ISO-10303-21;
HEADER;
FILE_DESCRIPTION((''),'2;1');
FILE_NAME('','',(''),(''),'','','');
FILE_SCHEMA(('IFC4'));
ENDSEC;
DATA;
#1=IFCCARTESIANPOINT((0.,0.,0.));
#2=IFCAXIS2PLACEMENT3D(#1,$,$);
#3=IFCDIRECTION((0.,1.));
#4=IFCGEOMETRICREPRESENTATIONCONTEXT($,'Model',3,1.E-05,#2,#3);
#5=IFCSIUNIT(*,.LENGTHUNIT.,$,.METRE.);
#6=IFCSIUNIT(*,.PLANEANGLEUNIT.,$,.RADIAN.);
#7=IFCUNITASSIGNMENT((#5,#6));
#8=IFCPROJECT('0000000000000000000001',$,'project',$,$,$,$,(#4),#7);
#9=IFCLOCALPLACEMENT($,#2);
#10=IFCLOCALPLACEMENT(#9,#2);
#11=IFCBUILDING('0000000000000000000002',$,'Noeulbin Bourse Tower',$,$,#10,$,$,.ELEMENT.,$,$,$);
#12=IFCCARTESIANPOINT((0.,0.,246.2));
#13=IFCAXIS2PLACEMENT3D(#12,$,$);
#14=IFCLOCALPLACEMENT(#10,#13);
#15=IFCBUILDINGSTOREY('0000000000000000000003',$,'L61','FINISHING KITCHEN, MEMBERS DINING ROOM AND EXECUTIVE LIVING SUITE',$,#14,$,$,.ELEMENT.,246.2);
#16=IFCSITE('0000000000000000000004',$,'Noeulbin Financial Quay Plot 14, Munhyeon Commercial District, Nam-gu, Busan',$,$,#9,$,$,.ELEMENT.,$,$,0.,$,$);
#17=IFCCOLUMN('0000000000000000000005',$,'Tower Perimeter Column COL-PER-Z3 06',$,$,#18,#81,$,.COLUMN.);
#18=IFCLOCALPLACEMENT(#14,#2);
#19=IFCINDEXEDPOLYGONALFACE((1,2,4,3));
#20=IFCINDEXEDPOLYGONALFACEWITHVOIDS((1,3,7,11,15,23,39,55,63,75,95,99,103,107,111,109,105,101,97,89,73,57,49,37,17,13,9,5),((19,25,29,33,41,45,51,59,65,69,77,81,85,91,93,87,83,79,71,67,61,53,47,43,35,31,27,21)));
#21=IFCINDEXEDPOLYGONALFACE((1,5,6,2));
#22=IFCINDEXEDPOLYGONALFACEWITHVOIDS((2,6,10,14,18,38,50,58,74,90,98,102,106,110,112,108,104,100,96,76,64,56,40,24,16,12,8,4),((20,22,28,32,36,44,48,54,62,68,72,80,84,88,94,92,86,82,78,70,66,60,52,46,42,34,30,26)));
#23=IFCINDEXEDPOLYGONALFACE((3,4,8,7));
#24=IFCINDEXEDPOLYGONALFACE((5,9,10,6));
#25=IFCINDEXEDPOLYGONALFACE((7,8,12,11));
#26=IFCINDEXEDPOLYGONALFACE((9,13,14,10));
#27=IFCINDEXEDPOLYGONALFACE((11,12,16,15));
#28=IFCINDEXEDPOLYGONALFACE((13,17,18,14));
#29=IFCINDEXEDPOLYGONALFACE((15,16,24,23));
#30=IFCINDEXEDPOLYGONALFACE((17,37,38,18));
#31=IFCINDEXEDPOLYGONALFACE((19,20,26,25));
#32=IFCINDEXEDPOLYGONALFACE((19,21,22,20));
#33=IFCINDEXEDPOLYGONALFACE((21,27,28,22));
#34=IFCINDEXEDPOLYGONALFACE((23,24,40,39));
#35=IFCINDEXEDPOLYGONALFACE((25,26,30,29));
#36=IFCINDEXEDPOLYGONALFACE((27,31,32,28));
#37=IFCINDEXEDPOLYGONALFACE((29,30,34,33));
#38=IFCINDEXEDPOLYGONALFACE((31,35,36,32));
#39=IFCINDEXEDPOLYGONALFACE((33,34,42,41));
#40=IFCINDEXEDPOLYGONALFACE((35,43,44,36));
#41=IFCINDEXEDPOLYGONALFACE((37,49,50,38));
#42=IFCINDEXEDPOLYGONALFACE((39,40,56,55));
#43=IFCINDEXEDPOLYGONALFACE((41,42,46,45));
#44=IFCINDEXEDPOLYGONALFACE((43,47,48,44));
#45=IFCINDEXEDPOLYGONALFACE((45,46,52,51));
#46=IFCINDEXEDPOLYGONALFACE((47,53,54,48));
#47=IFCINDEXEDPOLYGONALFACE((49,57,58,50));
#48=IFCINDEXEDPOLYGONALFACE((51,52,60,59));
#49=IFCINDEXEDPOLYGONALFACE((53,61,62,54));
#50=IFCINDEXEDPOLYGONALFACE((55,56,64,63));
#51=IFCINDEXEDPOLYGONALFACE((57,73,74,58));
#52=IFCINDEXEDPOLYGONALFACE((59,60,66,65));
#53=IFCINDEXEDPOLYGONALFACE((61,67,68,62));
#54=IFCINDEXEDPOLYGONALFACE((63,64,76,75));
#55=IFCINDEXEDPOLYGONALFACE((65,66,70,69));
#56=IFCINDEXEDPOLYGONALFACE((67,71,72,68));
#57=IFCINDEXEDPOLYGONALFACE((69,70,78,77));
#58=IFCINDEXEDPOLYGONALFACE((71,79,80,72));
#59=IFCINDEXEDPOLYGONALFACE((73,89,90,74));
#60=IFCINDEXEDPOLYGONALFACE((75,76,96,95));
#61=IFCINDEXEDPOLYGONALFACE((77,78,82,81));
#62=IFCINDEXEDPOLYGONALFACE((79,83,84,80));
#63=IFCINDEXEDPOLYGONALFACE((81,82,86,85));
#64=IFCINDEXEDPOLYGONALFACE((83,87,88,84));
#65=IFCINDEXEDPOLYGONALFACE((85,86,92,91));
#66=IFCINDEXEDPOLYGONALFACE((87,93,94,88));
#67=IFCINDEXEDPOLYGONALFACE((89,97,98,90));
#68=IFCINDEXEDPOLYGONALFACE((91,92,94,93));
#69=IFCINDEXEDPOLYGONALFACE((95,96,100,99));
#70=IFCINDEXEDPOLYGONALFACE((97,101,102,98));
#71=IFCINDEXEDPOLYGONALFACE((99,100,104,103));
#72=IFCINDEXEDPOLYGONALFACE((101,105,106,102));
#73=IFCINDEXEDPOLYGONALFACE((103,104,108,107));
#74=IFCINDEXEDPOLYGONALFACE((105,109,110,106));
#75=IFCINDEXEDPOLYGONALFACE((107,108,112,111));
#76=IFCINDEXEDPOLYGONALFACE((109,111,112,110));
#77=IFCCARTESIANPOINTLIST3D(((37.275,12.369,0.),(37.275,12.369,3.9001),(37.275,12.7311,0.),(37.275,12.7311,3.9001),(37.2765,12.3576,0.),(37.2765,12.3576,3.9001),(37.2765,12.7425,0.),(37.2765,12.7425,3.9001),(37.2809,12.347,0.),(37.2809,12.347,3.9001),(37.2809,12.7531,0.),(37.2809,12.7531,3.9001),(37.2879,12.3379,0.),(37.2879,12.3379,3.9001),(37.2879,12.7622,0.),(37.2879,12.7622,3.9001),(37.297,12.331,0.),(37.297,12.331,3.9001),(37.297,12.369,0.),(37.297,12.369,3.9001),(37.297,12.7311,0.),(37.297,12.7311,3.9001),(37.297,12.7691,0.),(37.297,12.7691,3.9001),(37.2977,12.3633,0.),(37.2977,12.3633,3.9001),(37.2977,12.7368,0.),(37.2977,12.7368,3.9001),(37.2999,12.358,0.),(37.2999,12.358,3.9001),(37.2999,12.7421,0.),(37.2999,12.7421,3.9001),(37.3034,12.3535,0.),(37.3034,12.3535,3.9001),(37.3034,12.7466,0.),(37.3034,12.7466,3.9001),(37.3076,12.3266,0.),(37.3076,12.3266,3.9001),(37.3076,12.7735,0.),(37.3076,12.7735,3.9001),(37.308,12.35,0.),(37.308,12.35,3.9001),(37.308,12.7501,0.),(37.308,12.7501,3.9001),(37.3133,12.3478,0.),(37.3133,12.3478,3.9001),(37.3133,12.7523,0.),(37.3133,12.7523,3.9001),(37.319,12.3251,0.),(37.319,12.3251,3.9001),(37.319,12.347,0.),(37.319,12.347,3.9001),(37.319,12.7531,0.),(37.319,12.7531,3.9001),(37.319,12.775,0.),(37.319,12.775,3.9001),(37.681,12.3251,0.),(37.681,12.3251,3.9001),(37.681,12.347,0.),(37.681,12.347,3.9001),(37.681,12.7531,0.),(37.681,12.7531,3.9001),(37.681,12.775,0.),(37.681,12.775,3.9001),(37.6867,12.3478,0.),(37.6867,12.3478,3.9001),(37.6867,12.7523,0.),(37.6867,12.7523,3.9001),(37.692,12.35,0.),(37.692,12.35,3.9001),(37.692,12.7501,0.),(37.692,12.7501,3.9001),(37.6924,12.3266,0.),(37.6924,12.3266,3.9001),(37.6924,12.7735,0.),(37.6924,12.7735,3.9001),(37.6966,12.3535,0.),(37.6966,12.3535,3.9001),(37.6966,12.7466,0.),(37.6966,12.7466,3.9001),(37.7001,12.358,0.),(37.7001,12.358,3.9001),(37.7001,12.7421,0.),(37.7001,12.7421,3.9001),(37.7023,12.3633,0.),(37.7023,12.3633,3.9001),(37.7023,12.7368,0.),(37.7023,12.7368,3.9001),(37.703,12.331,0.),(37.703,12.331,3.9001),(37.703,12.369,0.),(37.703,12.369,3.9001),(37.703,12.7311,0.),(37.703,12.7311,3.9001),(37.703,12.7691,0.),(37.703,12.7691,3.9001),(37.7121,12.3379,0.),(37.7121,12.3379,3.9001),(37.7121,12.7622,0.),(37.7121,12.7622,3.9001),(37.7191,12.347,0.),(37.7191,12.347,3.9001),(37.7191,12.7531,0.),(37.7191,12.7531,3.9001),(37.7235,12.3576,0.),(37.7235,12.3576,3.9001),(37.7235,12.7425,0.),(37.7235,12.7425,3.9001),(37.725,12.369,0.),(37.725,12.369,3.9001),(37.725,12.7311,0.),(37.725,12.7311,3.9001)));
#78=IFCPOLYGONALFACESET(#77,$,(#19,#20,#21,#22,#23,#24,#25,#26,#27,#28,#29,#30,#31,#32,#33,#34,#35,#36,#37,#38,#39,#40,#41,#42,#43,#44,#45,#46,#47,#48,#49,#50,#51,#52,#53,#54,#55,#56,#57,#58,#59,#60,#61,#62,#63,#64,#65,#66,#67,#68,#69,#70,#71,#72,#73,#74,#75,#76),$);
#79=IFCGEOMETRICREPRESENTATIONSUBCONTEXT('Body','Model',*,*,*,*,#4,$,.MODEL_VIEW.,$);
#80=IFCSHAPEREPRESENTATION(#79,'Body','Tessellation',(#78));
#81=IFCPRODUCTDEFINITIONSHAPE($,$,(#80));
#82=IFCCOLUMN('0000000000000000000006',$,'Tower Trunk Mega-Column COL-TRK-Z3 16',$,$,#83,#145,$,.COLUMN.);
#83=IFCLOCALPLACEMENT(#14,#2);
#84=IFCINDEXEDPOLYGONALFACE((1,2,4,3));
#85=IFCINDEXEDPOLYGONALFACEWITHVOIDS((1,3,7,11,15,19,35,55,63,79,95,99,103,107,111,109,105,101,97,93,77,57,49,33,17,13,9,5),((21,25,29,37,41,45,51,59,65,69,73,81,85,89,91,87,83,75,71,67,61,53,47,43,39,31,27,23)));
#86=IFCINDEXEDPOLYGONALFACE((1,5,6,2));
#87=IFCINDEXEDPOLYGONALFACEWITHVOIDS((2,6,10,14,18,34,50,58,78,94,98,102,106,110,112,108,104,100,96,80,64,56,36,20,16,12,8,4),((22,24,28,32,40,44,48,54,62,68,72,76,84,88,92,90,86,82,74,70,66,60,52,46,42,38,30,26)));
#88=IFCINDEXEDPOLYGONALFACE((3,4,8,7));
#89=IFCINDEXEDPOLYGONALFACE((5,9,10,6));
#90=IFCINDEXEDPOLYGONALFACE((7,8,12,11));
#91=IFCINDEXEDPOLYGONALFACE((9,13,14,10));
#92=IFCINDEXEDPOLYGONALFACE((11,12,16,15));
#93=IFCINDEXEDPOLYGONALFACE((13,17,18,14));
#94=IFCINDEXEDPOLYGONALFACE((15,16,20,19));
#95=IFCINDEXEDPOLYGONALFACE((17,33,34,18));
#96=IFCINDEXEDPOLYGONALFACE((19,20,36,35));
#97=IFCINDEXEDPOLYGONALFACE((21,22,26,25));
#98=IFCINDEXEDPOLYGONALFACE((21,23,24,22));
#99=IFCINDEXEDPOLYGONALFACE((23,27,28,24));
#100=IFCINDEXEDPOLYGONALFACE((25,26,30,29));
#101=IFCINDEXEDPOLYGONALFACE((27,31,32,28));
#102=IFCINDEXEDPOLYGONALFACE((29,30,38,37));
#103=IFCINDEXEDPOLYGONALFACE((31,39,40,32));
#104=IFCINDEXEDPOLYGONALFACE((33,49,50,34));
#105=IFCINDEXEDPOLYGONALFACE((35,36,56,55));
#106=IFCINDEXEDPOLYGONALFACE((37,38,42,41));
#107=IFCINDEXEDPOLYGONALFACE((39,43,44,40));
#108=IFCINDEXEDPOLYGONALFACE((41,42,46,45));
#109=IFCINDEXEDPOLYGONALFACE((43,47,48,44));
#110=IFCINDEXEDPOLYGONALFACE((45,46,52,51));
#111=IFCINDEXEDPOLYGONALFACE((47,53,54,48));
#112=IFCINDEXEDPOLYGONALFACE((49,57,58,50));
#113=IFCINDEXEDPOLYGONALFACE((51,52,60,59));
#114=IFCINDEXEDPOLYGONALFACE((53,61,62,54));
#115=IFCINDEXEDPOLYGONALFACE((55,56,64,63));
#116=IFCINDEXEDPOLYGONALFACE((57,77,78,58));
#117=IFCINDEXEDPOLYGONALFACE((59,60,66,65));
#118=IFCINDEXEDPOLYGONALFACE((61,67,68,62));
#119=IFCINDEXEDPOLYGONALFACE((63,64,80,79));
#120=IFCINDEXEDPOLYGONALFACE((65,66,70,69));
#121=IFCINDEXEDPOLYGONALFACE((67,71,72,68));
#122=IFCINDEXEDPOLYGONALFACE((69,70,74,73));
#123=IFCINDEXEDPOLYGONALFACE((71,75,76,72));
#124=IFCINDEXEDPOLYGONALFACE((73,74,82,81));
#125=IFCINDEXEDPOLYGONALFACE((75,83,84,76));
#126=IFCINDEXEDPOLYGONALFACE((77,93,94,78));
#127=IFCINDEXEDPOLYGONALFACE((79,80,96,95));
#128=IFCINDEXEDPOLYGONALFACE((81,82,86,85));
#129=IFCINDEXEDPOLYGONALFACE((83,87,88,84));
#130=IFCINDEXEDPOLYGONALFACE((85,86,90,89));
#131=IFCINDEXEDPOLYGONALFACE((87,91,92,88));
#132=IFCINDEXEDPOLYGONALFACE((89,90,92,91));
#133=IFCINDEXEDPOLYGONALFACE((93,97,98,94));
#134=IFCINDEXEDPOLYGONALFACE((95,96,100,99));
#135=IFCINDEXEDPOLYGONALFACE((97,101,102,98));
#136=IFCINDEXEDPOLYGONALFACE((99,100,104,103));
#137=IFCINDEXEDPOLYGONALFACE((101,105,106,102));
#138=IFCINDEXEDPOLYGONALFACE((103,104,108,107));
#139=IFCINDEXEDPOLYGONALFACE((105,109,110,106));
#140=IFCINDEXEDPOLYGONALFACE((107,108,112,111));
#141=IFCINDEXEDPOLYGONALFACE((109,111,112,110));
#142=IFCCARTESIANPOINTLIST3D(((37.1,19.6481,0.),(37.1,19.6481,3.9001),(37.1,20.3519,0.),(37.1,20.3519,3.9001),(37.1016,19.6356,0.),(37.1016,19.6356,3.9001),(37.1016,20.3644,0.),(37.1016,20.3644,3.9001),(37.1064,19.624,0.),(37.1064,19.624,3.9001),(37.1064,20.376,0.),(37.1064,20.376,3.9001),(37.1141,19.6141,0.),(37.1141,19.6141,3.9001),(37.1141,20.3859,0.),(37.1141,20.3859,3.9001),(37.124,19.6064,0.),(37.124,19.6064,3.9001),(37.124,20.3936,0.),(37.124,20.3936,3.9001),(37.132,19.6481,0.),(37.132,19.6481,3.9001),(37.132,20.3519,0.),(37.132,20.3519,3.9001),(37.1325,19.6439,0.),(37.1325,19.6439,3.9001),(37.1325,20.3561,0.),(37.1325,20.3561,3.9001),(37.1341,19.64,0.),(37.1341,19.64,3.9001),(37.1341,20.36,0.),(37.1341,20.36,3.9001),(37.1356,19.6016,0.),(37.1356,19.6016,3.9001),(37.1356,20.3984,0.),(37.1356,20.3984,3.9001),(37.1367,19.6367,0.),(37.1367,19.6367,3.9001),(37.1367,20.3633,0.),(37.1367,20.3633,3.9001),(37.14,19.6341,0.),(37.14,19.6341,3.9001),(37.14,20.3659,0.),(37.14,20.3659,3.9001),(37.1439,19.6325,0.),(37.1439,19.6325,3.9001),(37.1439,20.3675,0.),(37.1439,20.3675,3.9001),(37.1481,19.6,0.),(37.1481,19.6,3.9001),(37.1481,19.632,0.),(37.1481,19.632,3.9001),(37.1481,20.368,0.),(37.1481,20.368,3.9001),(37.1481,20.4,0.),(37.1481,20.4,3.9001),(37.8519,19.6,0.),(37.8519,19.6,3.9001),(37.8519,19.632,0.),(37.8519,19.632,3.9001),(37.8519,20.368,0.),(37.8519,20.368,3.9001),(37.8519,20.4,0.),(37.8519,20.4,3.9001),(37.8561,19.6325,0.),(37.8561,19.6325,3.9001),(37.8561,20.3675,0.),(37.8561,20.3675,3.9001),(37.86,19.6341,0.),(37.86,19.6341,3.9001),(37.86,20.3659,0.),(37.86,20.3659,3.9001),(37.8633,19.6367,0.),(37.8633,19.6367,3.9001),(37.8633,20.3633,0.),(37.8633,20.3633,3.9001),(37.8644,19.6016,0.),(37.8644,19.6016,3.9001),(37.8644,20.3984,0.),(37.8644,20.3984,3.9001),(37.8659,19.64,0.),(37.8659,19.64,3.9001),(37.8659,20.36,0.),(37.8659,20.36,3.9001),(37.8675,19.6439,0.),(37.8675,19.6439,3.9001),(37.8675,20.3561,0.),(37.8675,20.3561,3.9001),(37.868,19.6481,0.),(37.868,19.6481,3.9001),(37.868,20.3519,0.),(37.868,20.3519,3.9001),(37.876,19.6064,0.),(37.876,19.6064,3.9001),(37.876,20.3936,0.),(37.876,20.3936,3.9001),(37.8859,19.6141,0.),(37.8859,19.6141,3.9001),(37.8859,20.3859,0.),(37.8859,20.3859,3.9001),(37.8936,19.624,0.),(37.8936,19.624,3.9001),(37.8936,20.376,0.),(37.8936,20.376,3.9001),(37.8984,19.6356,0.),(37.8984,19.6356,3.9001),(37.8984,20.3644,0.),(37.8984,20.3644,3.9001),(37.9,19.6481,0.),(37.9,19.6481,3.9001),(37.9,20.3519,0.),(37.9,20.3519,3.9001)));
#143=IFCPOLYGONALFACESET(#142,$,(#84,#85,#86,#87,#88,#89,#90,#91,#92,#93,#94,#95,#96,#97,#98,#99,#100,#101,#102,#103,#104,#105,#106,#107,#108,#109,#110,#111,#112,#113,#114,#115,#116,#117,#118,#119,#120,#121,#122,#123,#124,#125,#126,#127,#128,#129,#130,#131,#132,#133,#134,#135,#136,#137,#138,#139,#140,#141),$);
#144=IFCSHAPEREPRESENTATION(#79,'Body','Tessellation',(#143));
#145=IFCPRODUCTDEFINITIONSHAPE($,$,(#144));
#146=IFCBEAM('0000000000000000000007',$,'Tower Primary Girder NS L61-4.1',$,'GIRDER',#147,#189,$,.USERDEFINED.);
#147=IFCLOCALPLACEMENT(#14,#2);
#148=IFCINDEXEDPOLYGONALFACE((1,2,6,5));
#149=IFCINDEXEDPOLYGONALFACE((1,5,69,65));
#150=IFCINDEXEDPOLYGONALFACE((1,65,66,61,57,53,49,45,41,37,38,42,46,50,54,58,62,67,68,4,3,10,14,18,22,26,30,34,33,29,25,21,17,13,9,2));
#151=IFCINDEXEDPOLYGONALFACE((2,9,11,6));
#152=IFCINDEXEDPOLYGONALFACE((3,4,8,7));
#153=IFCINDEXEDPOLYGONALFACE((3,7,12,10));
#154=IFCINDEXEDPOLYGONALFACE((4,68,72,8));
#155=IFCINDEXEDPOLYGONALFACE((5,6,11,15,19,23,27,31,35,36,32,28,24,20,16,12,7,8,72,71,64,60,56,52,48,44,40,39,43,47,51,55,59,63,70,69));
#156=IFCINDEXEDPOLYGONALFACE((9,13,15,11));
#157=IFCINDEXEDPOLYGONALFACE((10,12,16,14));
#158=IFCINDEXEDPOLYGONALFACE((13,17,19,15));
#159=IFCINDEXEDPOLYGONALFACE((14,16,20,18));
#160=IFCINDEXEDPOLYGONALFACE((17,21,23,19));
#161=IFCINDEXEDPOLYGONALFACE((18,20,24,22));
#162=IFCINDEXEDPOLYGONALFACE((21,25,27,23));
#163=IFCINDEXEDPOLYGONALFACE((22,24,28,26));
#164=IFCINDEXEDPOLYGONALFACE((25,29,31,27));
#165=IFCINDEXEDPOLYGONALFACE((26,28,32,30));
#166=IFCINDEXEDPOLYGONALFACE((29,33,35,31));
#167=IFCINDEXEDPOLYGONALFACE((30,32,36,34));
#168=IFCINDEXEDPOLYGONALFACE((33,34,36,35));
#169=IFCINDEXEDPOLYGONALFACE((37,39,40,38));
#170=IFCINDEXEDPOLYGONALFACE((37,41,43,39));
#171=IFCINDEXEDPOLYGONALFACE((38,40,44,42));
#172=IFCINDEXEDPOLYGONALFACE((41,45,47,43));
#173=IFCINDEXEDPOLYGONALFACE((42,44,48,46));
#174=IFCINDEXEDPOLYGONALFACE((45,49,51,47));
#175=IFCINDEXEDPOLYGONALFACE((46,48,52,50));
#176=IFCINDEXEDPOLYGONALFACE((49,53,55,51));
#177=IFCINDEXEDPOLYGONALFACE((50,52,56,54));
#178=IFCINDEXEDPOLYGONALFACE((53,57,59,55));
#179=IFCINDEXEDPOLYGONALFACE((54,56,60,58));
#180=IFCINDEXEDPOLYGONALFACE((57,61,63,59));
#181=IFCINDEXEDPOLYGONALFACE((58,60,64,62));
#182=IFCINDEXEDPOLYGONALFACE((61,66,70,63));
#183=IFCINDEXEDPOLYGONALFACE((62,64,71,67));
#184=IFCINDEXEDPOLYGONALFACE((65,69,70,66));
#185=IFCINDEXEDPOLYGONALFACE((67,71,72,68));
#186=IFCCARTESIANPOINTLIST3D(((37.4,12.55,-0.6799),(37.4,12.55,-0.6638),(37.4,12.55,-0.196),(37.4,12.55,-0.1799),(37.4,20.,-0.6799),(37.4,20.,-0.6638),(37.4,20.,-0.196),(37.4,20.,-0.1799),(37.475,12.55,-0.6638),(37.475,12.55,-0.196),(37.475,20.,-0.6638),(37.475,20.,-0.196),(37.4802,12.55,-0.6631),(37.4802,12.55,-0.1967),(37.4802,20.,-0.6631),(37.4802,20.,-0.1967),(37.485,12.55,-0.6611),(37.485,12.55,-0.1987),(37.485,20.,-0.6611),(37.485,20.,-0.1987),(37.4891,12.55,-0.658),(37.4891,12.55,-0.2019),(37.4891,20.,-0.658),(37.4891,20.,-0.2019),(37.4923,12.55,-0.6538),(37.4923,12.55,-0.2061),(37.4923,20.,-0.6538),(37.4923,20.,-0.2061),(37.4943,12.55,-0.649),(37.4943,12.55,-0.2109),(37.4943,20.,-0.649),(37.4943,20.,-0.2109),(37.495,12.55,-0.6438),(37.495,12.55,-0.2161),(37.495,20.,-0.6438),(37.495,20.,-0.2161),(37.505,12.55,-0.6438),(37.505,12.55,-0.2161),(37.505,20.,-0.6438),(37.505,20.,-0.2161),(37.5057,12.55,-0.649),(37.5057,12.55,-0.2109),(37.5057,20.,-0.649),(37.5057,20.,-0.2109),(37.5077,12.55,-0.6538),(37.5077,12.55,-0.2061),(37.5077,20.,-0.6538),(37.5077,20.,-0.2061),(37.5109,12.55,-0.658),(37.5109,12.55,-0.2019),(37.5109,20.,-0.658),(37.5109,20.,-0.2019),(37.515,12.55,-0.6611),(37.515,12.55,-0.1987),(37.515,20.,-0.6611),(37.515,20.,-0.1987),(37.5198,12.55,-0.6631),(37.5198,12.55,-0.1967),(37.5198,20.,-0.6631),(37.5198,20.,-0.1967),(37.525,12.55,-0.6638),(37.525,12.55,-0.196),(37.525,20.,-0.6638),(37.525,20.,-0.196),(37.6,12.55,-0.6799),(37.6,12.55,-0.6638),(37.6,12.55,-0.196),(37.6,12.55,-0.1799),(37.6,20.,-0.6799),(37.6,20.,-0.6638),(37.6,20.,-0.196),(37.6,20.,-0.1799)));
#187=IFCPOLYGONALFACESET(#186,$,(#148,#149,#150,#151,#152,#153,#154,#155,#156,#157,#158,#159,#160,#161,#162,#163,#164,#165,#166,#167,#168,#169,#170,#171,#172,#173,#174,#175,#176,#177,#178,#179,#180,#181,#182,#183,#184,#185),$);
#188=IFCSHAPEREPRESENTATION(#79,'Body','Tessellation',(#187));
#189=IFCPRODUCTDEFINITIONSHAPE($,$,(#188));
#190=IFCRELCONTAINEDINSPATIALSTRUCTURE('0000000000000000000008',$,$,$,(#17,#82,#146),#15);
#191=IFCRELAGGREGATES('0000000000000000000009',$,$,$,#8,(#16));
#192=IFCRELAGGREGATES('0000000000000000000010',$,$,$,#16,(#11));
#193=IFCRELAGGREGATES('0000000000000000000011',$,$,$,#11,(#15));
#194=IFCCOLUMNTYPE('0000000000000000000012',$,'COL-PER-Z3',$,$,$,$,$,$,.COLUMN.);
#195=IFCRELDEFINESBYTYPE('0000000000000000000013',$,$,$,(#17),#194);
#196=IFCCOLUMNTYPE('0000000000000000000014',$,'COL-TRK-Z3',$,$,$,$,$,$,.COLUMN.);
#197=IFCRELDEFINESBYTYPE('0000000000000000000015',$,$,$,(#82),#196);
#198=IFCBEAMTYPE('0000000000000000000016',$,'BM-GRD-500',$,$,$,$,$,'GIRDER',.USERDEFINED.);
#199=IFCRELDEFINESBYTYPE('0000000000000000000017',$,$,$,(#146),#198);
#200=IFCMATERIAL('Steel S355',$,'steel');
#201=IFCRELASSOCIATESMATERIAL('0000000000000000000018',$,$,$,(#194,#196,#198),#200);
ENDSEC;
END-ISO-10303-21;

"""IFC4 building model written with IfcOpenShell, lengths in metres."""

from ifc_helpers import new_model, si_unit, direction, frame, origin, origin_2d, place, context, subcontext, project, spatial, hollow_rectangle, i_section, extrude, material, material_profile, profile_set, type_object, element, save


model = new_model("IFC4")

# Units and contexts
model_context = context("Model", 3, precision=1e-05, world=origin(), true_north=direction((0.0, 1.0)))
body_context = subcontext(model_context, "Body", "Model", "MODEL_VIEW")
ifc_project = project(units=[si_unit("LENGTHUNIT", "METRE"), si_unit("PLANEANGLEUNIT", "RADIAN")], contexts=[model_context])

# Site, building, storey
site_placement = place(None, origin())
site = spatial("IfcSite", under=ifc_project, at=site_placement, Name="Noeulbin Financial Quay Plot 14, Munhyeon Commercial District, Nam-gu, Busan", CompositionType="ELEMENT", RefElevation=0.0)
building_placement = place(site_placement, origin())
building = spatial("IfcBuilding", under=site, at=building_placement, Name="Noeulbin Bourse Tower", CompositionType="ELEMENT")
storey_placement = place(building_placement, frame((0.0, 0.0, 246.2)))
storey = spatial("IfcBuildingStorey", under=building, at=storey_placement, Name="L61", Description="FINISHING KITCHEN, MEMBERS DINING ROOM AND EXECUTIVE LIVING SUITE", CompositionType="ELEMENT", Elevation=246.2)

# Columns
ifc_material_1 = material(Name="Steel S355", Category="steel")
ifc_material_profile_1 = material_profile(ifc_material_1, hollow_rectangle(XDim=0.45, YDim=0.45, WallThickness=0.022, InnerFilletRadius=0.022, OuterFilletRadius=0.0439, at=origin_2d()), Name="SHS-450x450x22", Category="LoadBearing")
ifc_profile_set_1 = profile_set([ifc_material_profile_1], Name="Steel S355")
column_type_1 = type_object("IfcColumnType", Name="COL-PER-Z3", PredefinedType="COLUMN", material=ifc_profile_set_1)
column_1_placement = place(storey_placement, frame((37.5, 12.55, 0.0), z_axis=(0.0, 0.0, 1.0), x_axis=(1.0, 0.0, 0.0)))
element("IfcColumn", 1, at=column_1_placement, inside=storey, type_object=column_type_1, Name="Tower Perimeter Column COL-PER-Z3 06", PredefinedType="COLUMN", context=body_context, shape_type="SweptSolid", body=[
    extrude(hollow_rectangle(XDim=0.45, YDim=0.45, WallThickness=0.022, InnerFilletRadius=0.022, OuterFilletRadius=0.0439, at=origin_2d()), origin(), (0.0, 0.0, 1.0), 3.9001),
])
ifc_material_profile_2 = material_profile(ifc_material_1, hollow_rectangle(XDim=0.8, YDim=0.8, WallThickness=0.032, InnerFilletRadius=0.0161, OuterFilletRadius=0.0481, at=origin_2d()), Name="BOX-800x800x32", Category="LoadBearing")
ifc_profile_set_2 = profile_set([ifc_material_profile_2], Name="Steel S355")
column_type_2 = type_object("IfcColumnType", Name="COL-TRK-Z3", PredefinedType="COLUMN", material=ifc_profile_set_2)
column_2_placement = place(storey_placement, frame((37.5, 20.0, 0.0), z_axis=(0.0, 0.0, 1.0), x_axis=(1.0, 0.0, 0.0)))
element("IfcColumn", 2, at=column_2_placement, inside=storey, type_object=column_type_2, Name="Tower Trunk Mega-Column COL-TRK-Z3 16", PredefinedType="COLUMN", context=body_context, shape_type="SweptSolid", body=[
    extrude(hollow_rectangle(XDim=0.8, YDim=0.8, WallThickness=0.032, InnerFilletRadius=0.0161, OuterFilletRadius=0.0481, at=origin_2d()), origin(), (0.0, 0.0, 1.0), 3.9001),
])

# Beam
ifc_material_profile_3 = material_profile(ifc_material_1, i_section(OverallWidth=0.2, OverallDepth=0.5, WebThickness=0.01, FlangeThickness=0.0161, FilletRadius=0.02, at=origin_2d()), Name="H-500x200x10x16", Category="LoadBearing")
ifc_profile_set_3 = profile_set([ifc_material_profile_3], Name="Steel S355")
beam_type_1 = type_object("IfcBeamType", Name="BM-GRD-500", ElementType="GIRDER", PredefinedType="USERDEFINED", material=ifc_profile_set_3)
beam_placement = place(storey_placement, frame((37.5, 12.55, -0.4299), z_axis=(0.0, 1.0, 0.0), x_axis=(-1.0, 0.0, 0.0)))
element("IfcBeam", 3, at=beam_placement, inside=storey, type_object=beam_type_1, Name="Tower Primary Girder NS L61-4.1", ObjectType="GIRDER", PredefinedType="USERDEFINED", context=body_context, shape_type="SweptSolid", body=[
    extrude(i_section(OverallWidth=0.2, OverallDepth=0.5, WebThickness=0.01, FlangeThickness=0.0161, FilletRadius=0.02, at=origin_2d()), origin(), (0.0, 0.0, 1.0), 7.45),
])

save(model, "model.ifc")
